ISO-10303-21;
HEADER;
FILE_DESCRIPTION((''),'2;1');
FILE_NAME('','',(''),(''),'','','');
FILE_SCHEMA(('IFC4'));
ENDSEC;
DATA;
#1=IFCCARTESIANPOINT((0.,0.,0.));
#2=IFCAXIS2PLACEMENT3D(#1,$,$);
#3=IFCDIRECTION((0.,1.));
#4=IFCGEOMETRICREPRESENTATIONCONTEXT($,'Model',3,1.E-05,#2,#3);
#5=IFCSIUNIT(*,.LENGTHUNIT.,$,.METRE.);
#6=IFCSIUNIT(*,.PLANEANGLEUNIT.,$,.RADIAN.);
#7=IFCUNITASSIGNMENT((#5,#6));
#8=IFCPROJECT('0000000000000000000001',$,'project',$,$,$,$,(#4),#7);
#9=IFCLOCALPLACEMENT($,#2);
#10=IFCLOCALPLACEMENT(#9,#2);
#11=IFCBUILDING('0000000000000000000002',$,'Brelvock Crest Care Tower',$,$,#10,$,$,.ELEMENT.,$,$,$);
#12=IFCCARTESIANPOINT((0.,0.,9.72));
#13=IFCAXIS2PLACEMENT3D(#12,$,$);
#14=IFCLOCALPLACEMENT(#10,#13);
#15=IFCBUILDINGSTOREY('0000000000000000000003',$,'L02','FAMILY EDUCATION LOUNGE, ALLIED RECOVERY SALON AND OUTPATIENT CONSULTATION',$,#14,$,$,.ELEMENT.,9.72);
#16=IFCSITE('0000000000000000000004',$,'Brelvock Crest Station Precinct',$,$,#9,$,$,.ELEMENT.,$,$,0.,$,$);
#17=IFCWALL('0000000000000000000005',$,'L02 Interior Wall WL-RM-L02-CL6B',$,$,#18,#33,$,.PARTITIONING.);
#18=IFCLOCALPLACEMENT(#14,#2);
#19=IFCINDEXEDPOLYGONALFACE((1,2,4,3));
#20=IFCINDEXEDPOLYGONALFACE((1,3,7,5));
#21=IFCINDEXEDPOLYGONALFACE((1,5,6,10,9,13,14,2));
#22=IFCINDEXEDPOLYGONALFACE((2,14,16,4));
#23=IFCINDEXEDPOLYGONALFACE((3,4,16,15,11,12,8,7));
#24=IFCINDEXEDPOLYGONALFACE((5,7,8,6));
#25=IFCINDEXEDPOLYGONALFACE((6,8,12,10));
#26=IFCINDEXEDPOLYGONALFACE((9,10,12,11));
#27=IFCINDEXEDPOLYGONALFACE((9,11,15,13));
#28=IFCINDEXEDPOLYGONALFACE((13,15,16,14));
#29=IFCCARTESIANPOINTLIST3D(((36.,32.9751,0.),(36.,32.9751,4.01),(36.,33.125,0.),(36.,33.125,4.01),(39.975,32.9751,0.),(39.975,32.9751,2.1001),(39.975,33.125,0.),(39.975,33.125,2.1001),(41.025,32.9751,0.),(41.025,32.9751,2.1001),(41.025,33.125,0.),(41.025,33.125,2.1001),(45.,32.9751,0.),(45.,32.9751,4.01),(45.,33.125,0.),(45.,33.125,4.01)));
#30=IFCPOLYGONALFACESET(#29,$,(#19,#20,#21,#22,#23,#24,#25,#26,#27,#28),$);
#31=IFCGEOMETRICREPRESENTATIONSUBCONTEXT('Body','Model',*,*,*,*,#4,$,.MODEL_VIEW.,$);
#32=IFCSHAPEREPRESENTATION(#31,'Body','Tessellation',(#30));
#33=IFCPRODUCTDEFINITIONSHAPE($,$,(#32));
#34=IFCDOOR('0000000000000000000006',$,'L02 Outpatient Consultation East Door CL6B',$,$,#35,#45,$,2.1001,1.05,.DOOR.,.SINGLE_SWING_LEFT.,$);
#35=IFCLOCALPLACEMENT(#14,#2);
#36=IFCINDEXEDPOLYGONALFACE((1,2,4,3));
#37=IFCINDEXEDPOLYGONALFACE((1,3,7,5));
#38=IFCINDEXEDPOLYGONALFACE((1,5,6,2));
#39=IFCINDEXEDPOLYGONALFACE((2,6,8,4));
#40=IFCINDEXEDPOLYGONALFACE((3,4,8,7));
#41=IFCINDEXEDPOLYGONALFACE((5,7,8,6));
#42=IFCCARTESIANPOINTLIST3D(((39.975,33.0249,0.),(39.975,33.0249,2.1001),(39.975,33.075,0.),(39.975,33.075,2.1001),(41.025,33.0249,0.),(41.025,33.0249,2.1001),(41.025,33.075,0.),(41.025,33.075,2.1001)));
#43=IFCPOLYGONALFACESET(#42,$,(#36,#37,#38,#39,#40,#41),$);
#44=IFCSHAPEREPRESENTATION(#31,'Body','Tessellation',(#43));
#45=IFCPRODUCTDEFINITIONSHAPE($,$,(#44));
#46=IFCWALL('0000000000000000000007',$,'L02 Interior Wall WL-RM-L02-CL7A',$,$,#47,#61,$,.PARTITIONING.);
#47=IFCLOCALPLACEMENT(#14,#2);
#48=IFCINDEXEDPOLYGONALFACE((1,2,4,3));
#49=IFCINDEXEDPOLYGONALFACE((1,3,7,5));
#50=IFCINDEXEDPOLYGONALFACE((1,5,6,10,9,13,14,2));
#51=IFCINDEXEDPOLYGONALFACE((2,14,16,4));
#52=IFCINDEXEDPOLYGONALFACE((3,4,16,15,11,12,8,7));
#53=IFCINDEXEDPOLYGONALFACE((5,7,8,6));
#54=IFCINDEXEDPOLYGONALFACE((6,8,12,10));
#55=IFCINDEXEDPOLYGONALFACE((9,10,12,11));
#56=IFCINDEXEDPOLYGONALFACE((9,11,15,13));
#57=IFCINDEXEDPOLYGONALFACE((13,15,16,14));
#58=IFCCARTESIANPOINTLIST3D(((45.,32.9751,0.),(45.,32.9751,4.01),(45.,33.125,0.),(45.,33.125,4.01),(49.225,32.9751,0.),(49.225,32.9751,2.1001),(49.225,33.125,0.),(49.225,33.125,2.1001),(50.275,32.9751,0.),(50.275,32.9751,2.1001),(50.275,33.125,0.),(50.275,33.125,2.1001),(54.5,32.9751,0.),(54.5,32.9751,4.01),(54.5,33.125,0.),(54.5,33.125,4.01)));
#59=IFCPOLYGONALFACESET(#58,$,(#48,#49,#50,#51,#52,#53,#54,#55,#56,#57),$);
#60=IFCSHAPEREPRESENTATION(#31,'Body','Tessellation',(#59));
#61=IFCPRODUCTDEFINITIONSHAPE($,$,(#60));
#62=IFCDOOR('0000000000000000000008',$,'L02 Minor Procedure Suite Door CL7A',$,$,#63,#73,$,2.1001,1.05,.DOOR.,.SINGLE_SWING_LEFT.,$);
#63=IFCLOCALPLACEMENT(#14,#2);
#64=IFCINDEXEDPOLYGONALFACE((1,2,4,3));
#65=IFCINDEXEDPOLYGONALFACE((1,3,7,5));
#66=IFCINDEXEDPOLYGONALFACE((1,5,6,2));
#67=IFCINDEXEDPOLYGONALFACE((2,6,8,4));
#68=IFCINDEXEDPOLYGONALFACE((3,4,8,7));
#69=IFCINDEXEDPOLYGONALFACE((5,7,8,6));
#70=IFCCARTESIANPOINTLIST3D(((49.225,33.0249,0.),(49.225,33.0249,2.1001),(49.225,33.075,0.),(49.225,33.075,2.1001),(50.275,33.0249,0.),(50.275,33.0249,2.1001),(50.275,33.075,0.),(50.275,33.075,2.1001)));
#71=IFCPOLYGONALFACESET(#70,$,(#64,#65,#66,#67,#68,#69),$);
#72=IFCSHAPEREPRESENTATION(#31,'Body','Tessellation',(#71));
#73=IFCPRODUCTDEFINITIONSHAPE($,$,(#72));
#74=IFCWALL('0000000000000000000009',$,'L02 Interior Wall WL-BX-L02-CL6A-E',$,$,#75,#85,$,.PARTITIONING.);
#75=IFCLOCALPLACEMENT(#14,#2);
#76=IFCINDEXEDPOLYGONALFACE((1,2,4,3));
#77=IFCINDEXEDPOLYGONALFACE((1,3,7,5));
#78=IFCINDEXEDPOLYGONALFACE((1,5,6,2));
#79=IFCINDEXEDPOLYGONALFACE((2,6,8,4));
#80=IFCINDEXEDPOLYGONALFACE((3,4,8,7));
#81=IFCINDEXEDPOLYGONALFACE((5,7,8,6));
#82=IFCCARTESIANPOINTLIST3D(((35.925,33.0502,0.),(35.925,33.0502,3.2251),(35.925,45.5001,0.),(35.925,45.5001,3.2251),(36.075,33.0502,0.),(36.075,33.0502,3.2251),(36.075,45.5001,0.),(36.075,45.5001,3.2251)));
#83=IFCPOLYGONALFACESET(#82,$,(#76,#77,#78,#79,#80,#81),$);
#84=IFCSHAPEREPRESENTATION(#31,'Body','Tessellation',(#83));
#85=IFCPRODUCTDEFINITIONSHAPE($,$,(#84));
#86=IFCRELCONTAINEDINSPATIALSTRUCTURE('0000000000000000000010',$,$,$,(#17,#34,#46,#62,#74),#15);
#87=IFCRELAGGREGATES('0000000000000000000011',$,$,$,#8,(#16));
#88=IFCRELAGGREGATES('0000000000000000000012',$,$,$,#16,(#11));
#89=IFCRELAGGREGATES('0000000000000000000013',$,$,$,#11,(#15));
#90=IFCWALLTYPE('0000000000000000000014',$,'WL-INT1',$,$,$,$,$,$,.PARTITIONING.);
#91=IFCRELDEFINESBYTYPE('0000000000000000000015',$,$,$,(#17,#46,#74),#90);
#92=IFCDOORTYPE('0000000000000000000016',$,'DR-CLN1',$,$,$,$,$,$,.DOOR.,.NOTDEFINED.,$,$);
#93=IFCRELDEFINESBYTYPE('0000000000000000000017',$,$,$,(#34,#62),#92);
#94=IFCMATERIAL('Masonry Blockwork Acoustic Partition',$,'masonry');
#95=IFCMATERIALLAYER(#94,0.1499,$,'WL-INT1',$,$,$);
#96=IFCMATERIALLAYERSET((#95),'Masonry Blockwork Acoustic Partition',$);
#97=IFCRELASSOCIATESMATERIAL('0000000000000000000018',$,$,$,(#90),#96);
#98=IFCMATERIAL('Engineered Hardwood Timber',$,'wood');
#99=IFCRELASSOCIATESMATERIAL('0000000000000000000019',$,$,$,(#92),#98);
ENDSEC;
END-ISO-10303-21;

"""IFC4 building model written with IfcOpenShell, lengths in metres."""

from ifc_helpers import new_model, si_unit, direction, frame, frame_2d, origin, origin_2d, place, context, subcontext, project, spatial, rectangle, extrude, source, transform, mapped, material, layer, layer_set, type_object, element, fill, save


model = new_model("IFC4")

# Units and contexts
model_context = context("Model", 3, precision=1e-05, world=origin(), true_north=direction((0.0, 1.0)))
body_context = subcontext(model_context, "Body", "Model", "MODEL_VIEW")
ifc_project = project(units=[si_unit("LENGTHUNIT", "METRE"), si_unit("PLANEANGLEUNIT", "RADIAN")], contexts=[model_context])

# Site, building, storey
site_placement = place(None, origin())
site = spatial("IfcSite", under=ifc_project, at=site_placement, Name="Brelvock Crest Station Precinct", CompositionType="ELEMENT", RefElevation=0.0)
building_placement = place(site_placement, origin())
building = spatial("IfcBuilding", under=site, at=building_placement, Name="Brelvock Crest Care Tower", CompositionType="ELEMENT")
storey_placement = place(building_placement, frame((0.0, 0.0, 9.72)))
storey = spatial("IfcBuildingStorey", under=building, at=storey_placement, Name="L02", Description="FAMILY EDUCATION LOUNGE, ALLIED RECOVERY SALON AND OUTPATIENT CONSULTATION", CompositionType="ELEMENT", Elevation=9.72)

# Walls, openings, doors
ifc_material_1 = material(Name="Masonry Blockwork Acoustic Partition", Category="masonry")
ifc_layer = layer(ifc_material_1, 0.1499, Name="WL-INT1")
ifc_layer_set = layer_set([ifc_layer], Name="Masonry Blockwork Acoustic Partition")
wall_type = type_object("IfcWallType", Name="WL-INT1", PredefinedType="PARTITIONING", material=ifc_layer_set)
ifc_material_2 = material(Name="Engineered Hardwood Timber", Category="wood")
door_type = type_object("IfcDoorType", Name="DR-CLN1", OperationType="NOTDEFINED", PredefinedType="DOOR", material=ifc_material_2)
shared_shape_1 = source(origin(), body_context, "Body", "SweptSolid", [
    extrude(rectangle(XDim=1.05, YDim=2.1001, at=origin_2d()), frame((0.5249, 0.0249, 1.05), z_axis=(0.0, -1.0, 0.0), x_axis=(1.0, 0.0, 0.0)), (0.0, 0.0, 1.0), 0.05),
])
wall_1_placement = place(storey_placement, frame((36.0, 33.05, 0.0), z_axis=(0.0, 0.0, 1.0), x_axis=(1.0, 0.0, 0.0)))
wall_1 = element("IfcWall", 1, at=wall_1_placement, inside=storey, type_object=wall_type, Name="L02 Interior Wall WL-RM-L02-CL6B", PredefinedType="PARTITIONING", context=body_context, shape_type="SweptSolid", body=[
    extrude(rectangle(XDim=9.0, YDim=0.1499, at=frame_2d((4.5, 0.0))), origin(), (0.0, 0.0, 1.0), 4.01),
])
opening_1_placement = place(wall_1_placement, frame((3.9751, 0.0, 0.0)))
opening_1 = element("IfcOpeningElement", 2, at=opening_1_placement, cuts=wall_1, PredefinedType="OPENING", context=body_context, shape_type="SweptSolid", body=[
    extrude(rectangle(XDim=1.05, YDim=2.1001, at=origin_2d()), frame((0.5249, 0.085, 1.05), z_axis=(0.0, -1.0, 0.0), x_axis=(1.0, 0.0, 0.0)), (0.0, 0.0, 1.0), 0.1699),
])
door_1_placement = place(opening_1_placement, origin())
door_1 = element("IfcDoor", 3, at=door_1_placement, inside=storey, type_object=door_type, Name="L02 Outpatient Consultation East Door CL6B", OperationType="SINGLE_SWING_LEFT", OverallHeight=2.1001, OverallWidth=1.05, PredefinedType="DOOR", context=body_context, shape_type="MappedRepresentation", body=[
    mapped(shared_shape_1, transform((0.0, 0.0, 0.0), x_axis=(1.0, 0.0, 0.0), y_axis=(0.0, 1.0, 0.0), z_axis=(0.0, 0.0, 1.0), scale=1.0)),
])
fill(opening_1, door_1)
wall_2_placement = place(storey_placement, frame((45.0, 33.05, 0.0), z_axis=(0.0, 0.0, 1.0), x_axis=(1.0, 0.0, 0.0)))
wall_2 = element("IfcWall", 4, at=wall_2_placement, inside=storey, type_object=wall_type, Name="L02 Interior Wall WL-RM-L02-CL7A", PredefinedType="PARTITIONING", context=body_context, shape_type="SweptSolid", body=[
    extrude(rectangle(XDim=9.5, YDim=0.1499, at=frame_2d((4.75, 0.0))), origin(), (0.0, 0.0, 1.0), 4.01),
])
opening_2_placement = place(wall_2_placement, frame((4.2251, 0.0, 0.0)))
opening_2 = element("IfcOpeningElement", 5, at=opening_2_placement, cuts=wall_2, PredefinedType="OPENING", context=body_context, shape_type="SweptSolid", body=[
    extrude(rectangle(XDim=1.05, YDim=2.1001, at=origin_2d()), frame((0.5249, 0.085, 1.05), z_axis=(0.0, -1.0, 0.0), x_axis=(1.0, 0.0, 0.0)), (0.0, 0.0, 1.0), 0.1699),
])
door_2_placement = place(opening_2_placement, origin())
door_2 = element("IfcDoor", 6, at=door_2_placement, inside=storey, type_object=door_type, Name="L02 Minor Procedure Suite Door CL7A", OperationType="SINGLE_SWING_LEFT", OverallHeight=2.1001, OverallWidth=1.05, PredefinedType="DOOR", context=body_context, shape_type="MappedRepresentation", body=[
    mapped(shared_shape_1, transform((0.0, 0.0, 0.0), x_axis=(1.0, 0.0, 0.0), y_axis=(0.0, 1.0, 0.0), z_axis=(0.0, 0.0, 1.0), scale=1.0)),
])
fill(opening_2, door_2)

# Wall
wall_3_placement = place(storey_placement, frame((36.0, 33.05, 0.0), z_axis=(0.0, 0.0, 1.0), x_axis=(0.0, 1.0, 0.0)))
element("IfcWall", 7, at=wall_3_placement, inside=storey, type_object=wall_type, Name="L02 Interior Wall WL-BX-L02-CL6A-E", PredefinedType="PARTITIONING", context=body_context, shape_type="SweptSolid", body=[
    extrude(rectangle(XDim=12.45, YDim=0.1499, at=frame_2d((6.2251, 0.0))), origin(), (0.0, 0.0, 1.0), 3.2251),
])

save(model, "model.ifc")
